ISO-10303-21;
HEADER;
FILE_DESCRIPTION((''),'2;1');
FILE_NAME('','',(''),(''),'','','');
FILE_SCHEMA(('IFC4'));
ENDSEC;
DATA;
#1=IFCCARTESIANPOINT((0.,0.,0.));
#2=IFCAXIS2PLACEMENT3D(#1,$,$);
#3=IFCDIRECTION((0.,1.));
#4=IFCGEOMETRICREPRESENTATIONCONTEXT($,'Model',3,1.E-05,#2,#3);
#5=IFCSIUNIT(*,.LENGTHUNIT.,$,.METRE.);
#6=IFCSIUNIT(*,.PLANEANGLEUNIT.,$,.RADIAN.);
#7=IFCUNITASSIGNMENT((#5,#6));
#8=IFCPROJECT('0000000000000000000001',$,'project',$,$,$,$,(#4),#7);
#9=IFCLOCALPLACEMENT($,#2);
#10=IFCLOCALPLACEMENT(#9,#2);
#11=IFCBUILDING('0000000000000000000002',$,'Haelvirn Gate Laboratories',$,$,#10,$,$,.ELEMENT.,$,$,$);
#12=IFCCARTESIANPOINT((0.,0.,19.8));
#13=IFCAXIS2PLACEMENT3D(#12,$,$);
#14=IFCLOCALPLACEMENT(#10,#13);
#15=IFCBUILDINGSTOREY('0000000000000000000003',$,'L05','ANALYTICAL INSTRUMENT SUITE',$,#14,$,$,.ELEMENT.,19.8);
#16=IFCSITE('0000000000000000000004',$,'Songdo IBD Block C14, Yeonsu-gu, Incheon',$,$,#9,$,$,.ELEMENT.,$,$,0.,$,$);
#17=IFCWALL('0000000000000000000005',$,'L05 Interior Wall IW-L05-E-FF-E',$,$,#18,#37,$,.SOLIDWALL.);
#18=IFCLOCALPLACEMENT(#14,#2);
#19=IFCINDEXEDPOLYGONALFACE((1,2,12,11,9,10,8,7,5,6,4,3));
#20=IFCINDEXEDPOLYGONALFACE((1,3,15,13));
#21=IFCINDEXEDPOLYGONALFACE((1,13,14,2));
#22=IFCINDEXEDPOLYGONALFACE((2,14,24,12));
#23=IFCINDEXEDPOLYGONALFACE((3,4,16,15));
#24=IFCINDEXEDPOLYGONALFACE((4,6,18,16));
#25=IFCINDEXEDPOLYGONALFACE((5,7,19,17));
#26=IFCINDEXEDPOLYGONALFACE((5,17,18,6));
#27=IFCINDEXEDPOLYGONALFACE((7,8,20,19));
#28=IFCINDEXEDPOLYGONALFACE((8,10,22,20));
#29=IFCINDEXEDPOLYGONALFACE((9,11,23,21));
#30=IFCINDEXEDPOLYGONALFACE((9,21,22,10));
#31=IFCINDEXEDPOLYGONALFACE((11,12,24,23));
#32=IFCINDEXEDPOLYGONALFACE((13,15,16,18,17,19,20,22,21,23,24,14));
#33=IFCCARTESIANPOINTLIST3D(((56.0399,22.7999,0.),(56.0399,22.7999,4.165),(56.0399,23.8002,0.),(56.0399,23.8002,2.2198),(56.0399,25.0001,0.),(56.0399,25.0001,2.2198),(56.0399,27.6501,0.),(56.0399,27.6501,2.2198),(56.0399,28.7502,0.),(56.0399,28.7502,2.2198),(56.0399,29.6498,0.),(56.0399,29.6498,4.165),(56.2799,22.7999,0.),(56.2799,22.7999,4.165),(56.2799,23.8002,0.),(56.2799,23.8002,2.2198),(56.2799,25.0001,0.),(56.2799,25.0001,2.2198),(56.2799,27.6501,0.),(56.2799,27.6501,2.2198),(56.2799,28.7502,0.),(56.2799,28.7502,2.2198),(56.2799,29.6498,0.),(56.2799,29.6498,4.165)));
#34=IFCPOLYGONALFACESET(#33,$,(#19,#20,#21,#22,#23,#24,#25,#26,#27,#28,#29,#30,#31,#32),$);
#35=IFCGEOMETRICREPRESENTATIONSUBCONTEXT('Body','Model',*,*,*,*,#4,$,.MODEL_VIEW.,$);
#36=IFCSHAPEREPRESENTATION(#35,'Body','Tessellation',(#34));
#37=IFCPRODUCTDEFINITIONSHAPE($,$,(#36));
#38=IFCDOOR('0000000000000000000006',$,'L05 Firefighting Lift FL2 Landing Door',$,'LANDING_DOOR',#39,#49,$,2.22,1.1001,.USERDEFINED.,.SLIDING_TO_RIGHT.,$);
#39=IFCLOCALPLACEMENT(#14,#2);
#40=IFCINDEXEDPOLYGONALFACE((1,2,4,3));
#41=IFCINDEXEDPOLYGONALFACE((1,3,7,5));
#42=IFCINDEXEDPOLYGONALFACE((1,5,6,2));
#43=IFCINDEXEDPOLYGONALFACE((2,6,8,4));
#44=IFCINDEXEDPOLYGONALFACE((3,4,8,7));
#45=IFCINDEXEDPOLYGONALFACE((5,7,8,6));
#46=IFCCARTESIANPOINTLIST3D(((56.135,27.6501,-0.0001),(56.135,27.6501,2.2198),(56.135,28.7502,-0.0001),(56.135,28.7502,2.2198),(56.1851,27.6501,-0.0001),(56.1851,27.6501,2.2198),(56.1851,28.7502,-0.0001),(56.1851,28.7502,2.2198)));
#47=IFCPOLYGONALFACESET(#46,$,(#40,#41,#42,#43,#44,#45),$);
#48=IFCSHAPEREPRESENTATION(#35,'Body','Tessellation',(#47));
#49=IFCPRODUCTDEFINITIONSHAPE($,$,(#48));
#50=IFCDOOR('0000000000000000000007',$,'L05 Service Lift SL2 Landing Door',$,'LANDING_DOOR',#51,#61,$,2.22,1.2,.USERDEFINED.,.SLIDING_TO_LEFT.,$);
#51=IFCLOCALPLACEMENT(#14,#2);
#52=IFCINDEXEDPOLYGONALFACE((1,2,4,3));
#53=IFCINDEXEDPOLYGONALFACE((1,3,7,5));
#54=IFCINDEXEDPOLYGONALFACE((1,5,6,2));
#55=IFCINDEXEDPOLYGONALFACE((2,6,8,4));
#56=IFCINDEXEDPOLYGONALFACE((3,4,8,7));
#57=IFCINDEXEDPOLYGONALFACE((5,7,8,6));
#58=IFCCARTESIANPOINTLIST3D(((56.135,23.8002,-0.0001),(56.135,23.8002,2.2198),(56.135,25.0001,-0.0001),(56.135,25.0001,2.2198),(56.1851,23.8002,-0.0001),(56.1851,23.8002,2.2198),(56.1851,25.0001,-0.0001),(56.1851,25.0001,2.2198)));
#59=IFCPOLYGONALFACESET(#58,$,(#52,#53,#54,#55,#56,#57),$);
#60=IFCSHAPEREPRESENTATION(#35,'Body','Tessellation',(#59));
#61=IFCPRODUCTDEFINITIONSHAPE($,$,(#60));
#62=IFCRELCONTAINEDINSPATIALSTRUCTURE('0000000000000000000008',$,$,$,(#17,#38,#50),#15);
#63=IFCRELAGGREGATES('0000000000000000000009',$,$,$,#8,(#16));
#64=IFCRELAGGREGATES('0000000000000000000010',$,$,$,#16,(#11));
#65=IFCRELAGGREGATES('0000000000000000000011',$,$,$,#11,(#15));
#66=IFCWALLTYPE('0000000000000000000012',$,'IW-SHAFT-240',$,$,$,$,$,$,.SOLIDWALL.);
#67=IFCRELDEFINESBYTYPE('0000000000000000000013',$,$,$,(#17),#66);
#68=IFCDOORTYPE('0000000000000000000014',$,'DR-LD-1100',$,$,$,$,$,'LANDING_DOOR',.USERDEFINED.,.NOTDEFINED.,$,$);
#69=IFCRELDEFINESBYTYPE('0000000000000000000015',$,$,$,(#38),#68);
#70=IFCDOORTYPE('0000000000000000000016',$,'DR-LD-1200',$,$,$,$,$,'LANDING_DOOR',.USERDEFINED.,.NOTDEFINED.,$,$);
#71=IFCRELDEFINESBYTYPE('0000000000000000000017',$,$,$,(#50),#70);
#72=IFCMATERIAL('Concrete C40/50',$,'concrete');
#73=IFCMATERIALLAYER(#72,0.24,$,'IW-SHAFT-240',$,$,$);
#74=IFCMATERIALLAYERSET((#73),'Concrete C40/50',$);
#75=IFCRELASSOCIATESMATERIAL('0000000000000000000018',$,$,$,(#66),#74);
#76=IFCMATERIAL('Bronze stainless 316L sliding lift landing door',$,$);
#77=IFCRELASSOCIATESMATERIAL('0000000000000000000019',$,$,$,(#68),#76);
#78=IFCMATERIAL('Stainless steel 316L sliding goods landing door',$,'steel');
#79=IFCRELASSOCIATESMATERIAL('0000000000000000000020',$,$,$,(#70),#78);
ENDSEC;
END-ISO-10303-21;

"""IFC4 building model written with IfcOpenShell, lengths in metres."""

from ifc_helpers import new_model, si_unit, direction, frame, frame_2d, origin, place, context, subcontext, project, spatial, rectangle, extrude, source, transform, mapped, material, layer, layer_set, type_object, type_shapes, element, fill, save


model = new_model("IFC4")

# Units and contexts
model_context = context("Model", 3, precision=1e-05, world=origin(), true_north=direction((0.0, 1.0)))
body_context = subcontext(model_context, "Body", "Model", "MODEL_VIEW")
ifc_project = project(units=[si_unit("LENGTHUNIT", "METRE"), si_unit("PLANEANGLEUNIT", "RADIAN")], contexts=[model_context])

# Site, building, storey
site_placement = place(None, origin())
site = spatial("IfcSite", under=ifc_project, at=site_placement, Name="Songdo IBD Block C14, Yeonsu-gu, Incheon", CompositionType="ELEMENT", RefElevation=0.0)
building_placement = place(site_placement, origin())
building = spatial("IfcBuilding", under=site, at=building_placement, Name="Haelvirn Gate Laboratories", CompositionType="ELEMENT")
storey_placement = place(building_placement, frame((0.0, 0.0, 19.8)))
storey = spatial("IfcBuildingStorey", under=building, at=storey_placement, Name="L05", Description="ANALYTICAL INSTRUMENT SUITE", CompositionType="ELEMENT", Elevation=19.8)

# Shared definitions
ifc_material_1 = material(Name="Concrete C40/50", Category="concrete")

# Shared definitions
ifc_layer_1 = layer(ifc_material_1, 0.24, Name="IW-SHAFT-240")
ifc_layer_set_1 = layer_set([ifc_layer_1], Name="Concrete C40/50")
wall_type_1 = type_object("IfcWallType", Name="IW-SHAFT-240", PredefinedType="SOLIDWALL", material=ifc_layer_set_1)

# Wall, openings, doors
wall_1_placement = place(storey_placement, frame((56.1599, 22.8, 0.0), z_axis=(0.0, 0.0, 1.0), x_axis=(0.0, 1.0, 0.0)))
wall_1 = element("IfcWall", 1, at=wall_1_placement, inside=storey, type_object=wall_type_1, Name="L05 Interior Wall IW-L05-E-FF-E", PredefinedType="SOLIDWALL", context=body_context, shape_type="SweptSolid", body=[
    extrude(rectangle(XDim=6.8499, YDim=0.24, at=frame_2d((3.4248, 0.0))), origin(), (0.0, 0.0, 1.0), 4.165),
])
opening_1_placement = place(wall_1_placement, frame((4.8501, 0.0, 0.0)))
opening_1 = element("IfcOpeningElement", 2, at=opening_1_placement, cuts=wall_1, PredefinedType="OPENING", context=body_context, shape_type="SweptSolid", body=[
    extrude(rectangle(XDim=1.1001, YDim=2.22, at=frame_2d((0.55, 1.1099))), frame((0.0, 0.1299, 0.0), z_axis=(0.0, -1.0, 0.0), x_axis=(1.0, 0.0, 0.0)), (0.0, 0.0, 1.0), 0.26),
])
opening_2_placement = place(wall_1_placement, frame((1.0, 0.0, 0.0)))
opening_2 = element("IfcOpeningElement", 3, at=opening_2_placement, cuts=wall_1, PredefinedType="OPENING", context=body_context, shape_type="SweptSolid", body=[
    extrude(rectangle(XDim=1.2, YDim=2.22, at=frame_2d((0.6001, 1.1099))), frame((0.0, 0.1299, 0.0), z_axis=(0.0, -1.0, 0.0), x_axis=(1.0, 0.0, 0.0)), (0.0, 0.0, 1.0), 0.26),
])
ifc_material_2 = material(Name="Bronze stainless 316L sliding lift landing door")
door_type_1 = type_object("IfcDoorType", Name="DR-LD-1100", ElementType="LANDING_DOOR", OperationType="NOTDEFINED", PredefinedType="USERDEFINED", material=ifc_material_2)
shared_shape_1 = source(origin(), body_context, "Body", "SweptSolid", [
    extrude(rectangle(XDim=1.1001, YDim=2.22, at=frame_2d((0.55, 1.1099))), frame((0.0, 0.0249, 0.0), z_axis=(0.0, -1.0, 0.0), x_axis=(1.0, 0.0, 0.0)), (0.0, 0.0, 1.0), 0.05),
])
type_shapes(door_type_1, [shared_shape_1])
door_1_placement = place(opening_1_placement, origin())
door_1 = element("IfcDoor", 4, at=door_1_placement, inside=storey, type_object=door_type_1, Name="L05 Firefighting Lift FL2 Landing Door", ObjectType="LANDING_DOOR", OperationType="SLIDING_TO_RIGHT", OverallHeight=2.22, OverallWidth=1.1001, PredefinedType="USERDEFINED", context=body_context, shape_type="MappedRepresentation", body=[
    mapped(shared_shape_1, transform((0.0, 0.0, 0.0), scale=1.0)),
])
fill(opening_1, door_1)
ifc_material_3 = material(Name="Stainless steel 316L sliding goods landing door", Category="steel")
door_type_2 = type_object("IfcDoorType", Name="DR-LD-1200", ElementType="LANDING_DOOR", OperationType="NOTDEFINED", PredefinedType="USERDEFINED", material=ifc_material_3)
shared_shape_2 = source(origin(), body_context, "Body", "SweptSolid", [
    extrude(rectangle(XDim=1.2, YDim=2.22, at=frame_2d((0.6001, 1.1099))), frame((0.0, 0.0249, 0.0), z_axis=(0.0, -1.0, 0.0), x_axis=(1.0, 0.0, 0.0)), (0.0, 0.0, 1.0), 0.05),
])
type_shapes(door_type_2, [shared_shape_2])
door_2_placement = place(opening_2_placement, origin())
door_2 = element("IfcDoor", 5, at=door_2_placement, inside=storey, type_object=door_type_2, Name="L05 Service Lift SL2 Landing Door", ObjectType="LANDING_DOOR", OperationType="SLIDING_TO_LEFT", OverallHeight=2.22, OverallWidth=1.2, PredefinedType="USERDEFINED", context=body_context, shape_type="MappedRepresentation", body=[
    mapped(shared_shape_2, transform((0.0, 0.0, 0.0), scale=1.0)),
])
fill(opening_2, door_2)

save(model, "model.ifc")
